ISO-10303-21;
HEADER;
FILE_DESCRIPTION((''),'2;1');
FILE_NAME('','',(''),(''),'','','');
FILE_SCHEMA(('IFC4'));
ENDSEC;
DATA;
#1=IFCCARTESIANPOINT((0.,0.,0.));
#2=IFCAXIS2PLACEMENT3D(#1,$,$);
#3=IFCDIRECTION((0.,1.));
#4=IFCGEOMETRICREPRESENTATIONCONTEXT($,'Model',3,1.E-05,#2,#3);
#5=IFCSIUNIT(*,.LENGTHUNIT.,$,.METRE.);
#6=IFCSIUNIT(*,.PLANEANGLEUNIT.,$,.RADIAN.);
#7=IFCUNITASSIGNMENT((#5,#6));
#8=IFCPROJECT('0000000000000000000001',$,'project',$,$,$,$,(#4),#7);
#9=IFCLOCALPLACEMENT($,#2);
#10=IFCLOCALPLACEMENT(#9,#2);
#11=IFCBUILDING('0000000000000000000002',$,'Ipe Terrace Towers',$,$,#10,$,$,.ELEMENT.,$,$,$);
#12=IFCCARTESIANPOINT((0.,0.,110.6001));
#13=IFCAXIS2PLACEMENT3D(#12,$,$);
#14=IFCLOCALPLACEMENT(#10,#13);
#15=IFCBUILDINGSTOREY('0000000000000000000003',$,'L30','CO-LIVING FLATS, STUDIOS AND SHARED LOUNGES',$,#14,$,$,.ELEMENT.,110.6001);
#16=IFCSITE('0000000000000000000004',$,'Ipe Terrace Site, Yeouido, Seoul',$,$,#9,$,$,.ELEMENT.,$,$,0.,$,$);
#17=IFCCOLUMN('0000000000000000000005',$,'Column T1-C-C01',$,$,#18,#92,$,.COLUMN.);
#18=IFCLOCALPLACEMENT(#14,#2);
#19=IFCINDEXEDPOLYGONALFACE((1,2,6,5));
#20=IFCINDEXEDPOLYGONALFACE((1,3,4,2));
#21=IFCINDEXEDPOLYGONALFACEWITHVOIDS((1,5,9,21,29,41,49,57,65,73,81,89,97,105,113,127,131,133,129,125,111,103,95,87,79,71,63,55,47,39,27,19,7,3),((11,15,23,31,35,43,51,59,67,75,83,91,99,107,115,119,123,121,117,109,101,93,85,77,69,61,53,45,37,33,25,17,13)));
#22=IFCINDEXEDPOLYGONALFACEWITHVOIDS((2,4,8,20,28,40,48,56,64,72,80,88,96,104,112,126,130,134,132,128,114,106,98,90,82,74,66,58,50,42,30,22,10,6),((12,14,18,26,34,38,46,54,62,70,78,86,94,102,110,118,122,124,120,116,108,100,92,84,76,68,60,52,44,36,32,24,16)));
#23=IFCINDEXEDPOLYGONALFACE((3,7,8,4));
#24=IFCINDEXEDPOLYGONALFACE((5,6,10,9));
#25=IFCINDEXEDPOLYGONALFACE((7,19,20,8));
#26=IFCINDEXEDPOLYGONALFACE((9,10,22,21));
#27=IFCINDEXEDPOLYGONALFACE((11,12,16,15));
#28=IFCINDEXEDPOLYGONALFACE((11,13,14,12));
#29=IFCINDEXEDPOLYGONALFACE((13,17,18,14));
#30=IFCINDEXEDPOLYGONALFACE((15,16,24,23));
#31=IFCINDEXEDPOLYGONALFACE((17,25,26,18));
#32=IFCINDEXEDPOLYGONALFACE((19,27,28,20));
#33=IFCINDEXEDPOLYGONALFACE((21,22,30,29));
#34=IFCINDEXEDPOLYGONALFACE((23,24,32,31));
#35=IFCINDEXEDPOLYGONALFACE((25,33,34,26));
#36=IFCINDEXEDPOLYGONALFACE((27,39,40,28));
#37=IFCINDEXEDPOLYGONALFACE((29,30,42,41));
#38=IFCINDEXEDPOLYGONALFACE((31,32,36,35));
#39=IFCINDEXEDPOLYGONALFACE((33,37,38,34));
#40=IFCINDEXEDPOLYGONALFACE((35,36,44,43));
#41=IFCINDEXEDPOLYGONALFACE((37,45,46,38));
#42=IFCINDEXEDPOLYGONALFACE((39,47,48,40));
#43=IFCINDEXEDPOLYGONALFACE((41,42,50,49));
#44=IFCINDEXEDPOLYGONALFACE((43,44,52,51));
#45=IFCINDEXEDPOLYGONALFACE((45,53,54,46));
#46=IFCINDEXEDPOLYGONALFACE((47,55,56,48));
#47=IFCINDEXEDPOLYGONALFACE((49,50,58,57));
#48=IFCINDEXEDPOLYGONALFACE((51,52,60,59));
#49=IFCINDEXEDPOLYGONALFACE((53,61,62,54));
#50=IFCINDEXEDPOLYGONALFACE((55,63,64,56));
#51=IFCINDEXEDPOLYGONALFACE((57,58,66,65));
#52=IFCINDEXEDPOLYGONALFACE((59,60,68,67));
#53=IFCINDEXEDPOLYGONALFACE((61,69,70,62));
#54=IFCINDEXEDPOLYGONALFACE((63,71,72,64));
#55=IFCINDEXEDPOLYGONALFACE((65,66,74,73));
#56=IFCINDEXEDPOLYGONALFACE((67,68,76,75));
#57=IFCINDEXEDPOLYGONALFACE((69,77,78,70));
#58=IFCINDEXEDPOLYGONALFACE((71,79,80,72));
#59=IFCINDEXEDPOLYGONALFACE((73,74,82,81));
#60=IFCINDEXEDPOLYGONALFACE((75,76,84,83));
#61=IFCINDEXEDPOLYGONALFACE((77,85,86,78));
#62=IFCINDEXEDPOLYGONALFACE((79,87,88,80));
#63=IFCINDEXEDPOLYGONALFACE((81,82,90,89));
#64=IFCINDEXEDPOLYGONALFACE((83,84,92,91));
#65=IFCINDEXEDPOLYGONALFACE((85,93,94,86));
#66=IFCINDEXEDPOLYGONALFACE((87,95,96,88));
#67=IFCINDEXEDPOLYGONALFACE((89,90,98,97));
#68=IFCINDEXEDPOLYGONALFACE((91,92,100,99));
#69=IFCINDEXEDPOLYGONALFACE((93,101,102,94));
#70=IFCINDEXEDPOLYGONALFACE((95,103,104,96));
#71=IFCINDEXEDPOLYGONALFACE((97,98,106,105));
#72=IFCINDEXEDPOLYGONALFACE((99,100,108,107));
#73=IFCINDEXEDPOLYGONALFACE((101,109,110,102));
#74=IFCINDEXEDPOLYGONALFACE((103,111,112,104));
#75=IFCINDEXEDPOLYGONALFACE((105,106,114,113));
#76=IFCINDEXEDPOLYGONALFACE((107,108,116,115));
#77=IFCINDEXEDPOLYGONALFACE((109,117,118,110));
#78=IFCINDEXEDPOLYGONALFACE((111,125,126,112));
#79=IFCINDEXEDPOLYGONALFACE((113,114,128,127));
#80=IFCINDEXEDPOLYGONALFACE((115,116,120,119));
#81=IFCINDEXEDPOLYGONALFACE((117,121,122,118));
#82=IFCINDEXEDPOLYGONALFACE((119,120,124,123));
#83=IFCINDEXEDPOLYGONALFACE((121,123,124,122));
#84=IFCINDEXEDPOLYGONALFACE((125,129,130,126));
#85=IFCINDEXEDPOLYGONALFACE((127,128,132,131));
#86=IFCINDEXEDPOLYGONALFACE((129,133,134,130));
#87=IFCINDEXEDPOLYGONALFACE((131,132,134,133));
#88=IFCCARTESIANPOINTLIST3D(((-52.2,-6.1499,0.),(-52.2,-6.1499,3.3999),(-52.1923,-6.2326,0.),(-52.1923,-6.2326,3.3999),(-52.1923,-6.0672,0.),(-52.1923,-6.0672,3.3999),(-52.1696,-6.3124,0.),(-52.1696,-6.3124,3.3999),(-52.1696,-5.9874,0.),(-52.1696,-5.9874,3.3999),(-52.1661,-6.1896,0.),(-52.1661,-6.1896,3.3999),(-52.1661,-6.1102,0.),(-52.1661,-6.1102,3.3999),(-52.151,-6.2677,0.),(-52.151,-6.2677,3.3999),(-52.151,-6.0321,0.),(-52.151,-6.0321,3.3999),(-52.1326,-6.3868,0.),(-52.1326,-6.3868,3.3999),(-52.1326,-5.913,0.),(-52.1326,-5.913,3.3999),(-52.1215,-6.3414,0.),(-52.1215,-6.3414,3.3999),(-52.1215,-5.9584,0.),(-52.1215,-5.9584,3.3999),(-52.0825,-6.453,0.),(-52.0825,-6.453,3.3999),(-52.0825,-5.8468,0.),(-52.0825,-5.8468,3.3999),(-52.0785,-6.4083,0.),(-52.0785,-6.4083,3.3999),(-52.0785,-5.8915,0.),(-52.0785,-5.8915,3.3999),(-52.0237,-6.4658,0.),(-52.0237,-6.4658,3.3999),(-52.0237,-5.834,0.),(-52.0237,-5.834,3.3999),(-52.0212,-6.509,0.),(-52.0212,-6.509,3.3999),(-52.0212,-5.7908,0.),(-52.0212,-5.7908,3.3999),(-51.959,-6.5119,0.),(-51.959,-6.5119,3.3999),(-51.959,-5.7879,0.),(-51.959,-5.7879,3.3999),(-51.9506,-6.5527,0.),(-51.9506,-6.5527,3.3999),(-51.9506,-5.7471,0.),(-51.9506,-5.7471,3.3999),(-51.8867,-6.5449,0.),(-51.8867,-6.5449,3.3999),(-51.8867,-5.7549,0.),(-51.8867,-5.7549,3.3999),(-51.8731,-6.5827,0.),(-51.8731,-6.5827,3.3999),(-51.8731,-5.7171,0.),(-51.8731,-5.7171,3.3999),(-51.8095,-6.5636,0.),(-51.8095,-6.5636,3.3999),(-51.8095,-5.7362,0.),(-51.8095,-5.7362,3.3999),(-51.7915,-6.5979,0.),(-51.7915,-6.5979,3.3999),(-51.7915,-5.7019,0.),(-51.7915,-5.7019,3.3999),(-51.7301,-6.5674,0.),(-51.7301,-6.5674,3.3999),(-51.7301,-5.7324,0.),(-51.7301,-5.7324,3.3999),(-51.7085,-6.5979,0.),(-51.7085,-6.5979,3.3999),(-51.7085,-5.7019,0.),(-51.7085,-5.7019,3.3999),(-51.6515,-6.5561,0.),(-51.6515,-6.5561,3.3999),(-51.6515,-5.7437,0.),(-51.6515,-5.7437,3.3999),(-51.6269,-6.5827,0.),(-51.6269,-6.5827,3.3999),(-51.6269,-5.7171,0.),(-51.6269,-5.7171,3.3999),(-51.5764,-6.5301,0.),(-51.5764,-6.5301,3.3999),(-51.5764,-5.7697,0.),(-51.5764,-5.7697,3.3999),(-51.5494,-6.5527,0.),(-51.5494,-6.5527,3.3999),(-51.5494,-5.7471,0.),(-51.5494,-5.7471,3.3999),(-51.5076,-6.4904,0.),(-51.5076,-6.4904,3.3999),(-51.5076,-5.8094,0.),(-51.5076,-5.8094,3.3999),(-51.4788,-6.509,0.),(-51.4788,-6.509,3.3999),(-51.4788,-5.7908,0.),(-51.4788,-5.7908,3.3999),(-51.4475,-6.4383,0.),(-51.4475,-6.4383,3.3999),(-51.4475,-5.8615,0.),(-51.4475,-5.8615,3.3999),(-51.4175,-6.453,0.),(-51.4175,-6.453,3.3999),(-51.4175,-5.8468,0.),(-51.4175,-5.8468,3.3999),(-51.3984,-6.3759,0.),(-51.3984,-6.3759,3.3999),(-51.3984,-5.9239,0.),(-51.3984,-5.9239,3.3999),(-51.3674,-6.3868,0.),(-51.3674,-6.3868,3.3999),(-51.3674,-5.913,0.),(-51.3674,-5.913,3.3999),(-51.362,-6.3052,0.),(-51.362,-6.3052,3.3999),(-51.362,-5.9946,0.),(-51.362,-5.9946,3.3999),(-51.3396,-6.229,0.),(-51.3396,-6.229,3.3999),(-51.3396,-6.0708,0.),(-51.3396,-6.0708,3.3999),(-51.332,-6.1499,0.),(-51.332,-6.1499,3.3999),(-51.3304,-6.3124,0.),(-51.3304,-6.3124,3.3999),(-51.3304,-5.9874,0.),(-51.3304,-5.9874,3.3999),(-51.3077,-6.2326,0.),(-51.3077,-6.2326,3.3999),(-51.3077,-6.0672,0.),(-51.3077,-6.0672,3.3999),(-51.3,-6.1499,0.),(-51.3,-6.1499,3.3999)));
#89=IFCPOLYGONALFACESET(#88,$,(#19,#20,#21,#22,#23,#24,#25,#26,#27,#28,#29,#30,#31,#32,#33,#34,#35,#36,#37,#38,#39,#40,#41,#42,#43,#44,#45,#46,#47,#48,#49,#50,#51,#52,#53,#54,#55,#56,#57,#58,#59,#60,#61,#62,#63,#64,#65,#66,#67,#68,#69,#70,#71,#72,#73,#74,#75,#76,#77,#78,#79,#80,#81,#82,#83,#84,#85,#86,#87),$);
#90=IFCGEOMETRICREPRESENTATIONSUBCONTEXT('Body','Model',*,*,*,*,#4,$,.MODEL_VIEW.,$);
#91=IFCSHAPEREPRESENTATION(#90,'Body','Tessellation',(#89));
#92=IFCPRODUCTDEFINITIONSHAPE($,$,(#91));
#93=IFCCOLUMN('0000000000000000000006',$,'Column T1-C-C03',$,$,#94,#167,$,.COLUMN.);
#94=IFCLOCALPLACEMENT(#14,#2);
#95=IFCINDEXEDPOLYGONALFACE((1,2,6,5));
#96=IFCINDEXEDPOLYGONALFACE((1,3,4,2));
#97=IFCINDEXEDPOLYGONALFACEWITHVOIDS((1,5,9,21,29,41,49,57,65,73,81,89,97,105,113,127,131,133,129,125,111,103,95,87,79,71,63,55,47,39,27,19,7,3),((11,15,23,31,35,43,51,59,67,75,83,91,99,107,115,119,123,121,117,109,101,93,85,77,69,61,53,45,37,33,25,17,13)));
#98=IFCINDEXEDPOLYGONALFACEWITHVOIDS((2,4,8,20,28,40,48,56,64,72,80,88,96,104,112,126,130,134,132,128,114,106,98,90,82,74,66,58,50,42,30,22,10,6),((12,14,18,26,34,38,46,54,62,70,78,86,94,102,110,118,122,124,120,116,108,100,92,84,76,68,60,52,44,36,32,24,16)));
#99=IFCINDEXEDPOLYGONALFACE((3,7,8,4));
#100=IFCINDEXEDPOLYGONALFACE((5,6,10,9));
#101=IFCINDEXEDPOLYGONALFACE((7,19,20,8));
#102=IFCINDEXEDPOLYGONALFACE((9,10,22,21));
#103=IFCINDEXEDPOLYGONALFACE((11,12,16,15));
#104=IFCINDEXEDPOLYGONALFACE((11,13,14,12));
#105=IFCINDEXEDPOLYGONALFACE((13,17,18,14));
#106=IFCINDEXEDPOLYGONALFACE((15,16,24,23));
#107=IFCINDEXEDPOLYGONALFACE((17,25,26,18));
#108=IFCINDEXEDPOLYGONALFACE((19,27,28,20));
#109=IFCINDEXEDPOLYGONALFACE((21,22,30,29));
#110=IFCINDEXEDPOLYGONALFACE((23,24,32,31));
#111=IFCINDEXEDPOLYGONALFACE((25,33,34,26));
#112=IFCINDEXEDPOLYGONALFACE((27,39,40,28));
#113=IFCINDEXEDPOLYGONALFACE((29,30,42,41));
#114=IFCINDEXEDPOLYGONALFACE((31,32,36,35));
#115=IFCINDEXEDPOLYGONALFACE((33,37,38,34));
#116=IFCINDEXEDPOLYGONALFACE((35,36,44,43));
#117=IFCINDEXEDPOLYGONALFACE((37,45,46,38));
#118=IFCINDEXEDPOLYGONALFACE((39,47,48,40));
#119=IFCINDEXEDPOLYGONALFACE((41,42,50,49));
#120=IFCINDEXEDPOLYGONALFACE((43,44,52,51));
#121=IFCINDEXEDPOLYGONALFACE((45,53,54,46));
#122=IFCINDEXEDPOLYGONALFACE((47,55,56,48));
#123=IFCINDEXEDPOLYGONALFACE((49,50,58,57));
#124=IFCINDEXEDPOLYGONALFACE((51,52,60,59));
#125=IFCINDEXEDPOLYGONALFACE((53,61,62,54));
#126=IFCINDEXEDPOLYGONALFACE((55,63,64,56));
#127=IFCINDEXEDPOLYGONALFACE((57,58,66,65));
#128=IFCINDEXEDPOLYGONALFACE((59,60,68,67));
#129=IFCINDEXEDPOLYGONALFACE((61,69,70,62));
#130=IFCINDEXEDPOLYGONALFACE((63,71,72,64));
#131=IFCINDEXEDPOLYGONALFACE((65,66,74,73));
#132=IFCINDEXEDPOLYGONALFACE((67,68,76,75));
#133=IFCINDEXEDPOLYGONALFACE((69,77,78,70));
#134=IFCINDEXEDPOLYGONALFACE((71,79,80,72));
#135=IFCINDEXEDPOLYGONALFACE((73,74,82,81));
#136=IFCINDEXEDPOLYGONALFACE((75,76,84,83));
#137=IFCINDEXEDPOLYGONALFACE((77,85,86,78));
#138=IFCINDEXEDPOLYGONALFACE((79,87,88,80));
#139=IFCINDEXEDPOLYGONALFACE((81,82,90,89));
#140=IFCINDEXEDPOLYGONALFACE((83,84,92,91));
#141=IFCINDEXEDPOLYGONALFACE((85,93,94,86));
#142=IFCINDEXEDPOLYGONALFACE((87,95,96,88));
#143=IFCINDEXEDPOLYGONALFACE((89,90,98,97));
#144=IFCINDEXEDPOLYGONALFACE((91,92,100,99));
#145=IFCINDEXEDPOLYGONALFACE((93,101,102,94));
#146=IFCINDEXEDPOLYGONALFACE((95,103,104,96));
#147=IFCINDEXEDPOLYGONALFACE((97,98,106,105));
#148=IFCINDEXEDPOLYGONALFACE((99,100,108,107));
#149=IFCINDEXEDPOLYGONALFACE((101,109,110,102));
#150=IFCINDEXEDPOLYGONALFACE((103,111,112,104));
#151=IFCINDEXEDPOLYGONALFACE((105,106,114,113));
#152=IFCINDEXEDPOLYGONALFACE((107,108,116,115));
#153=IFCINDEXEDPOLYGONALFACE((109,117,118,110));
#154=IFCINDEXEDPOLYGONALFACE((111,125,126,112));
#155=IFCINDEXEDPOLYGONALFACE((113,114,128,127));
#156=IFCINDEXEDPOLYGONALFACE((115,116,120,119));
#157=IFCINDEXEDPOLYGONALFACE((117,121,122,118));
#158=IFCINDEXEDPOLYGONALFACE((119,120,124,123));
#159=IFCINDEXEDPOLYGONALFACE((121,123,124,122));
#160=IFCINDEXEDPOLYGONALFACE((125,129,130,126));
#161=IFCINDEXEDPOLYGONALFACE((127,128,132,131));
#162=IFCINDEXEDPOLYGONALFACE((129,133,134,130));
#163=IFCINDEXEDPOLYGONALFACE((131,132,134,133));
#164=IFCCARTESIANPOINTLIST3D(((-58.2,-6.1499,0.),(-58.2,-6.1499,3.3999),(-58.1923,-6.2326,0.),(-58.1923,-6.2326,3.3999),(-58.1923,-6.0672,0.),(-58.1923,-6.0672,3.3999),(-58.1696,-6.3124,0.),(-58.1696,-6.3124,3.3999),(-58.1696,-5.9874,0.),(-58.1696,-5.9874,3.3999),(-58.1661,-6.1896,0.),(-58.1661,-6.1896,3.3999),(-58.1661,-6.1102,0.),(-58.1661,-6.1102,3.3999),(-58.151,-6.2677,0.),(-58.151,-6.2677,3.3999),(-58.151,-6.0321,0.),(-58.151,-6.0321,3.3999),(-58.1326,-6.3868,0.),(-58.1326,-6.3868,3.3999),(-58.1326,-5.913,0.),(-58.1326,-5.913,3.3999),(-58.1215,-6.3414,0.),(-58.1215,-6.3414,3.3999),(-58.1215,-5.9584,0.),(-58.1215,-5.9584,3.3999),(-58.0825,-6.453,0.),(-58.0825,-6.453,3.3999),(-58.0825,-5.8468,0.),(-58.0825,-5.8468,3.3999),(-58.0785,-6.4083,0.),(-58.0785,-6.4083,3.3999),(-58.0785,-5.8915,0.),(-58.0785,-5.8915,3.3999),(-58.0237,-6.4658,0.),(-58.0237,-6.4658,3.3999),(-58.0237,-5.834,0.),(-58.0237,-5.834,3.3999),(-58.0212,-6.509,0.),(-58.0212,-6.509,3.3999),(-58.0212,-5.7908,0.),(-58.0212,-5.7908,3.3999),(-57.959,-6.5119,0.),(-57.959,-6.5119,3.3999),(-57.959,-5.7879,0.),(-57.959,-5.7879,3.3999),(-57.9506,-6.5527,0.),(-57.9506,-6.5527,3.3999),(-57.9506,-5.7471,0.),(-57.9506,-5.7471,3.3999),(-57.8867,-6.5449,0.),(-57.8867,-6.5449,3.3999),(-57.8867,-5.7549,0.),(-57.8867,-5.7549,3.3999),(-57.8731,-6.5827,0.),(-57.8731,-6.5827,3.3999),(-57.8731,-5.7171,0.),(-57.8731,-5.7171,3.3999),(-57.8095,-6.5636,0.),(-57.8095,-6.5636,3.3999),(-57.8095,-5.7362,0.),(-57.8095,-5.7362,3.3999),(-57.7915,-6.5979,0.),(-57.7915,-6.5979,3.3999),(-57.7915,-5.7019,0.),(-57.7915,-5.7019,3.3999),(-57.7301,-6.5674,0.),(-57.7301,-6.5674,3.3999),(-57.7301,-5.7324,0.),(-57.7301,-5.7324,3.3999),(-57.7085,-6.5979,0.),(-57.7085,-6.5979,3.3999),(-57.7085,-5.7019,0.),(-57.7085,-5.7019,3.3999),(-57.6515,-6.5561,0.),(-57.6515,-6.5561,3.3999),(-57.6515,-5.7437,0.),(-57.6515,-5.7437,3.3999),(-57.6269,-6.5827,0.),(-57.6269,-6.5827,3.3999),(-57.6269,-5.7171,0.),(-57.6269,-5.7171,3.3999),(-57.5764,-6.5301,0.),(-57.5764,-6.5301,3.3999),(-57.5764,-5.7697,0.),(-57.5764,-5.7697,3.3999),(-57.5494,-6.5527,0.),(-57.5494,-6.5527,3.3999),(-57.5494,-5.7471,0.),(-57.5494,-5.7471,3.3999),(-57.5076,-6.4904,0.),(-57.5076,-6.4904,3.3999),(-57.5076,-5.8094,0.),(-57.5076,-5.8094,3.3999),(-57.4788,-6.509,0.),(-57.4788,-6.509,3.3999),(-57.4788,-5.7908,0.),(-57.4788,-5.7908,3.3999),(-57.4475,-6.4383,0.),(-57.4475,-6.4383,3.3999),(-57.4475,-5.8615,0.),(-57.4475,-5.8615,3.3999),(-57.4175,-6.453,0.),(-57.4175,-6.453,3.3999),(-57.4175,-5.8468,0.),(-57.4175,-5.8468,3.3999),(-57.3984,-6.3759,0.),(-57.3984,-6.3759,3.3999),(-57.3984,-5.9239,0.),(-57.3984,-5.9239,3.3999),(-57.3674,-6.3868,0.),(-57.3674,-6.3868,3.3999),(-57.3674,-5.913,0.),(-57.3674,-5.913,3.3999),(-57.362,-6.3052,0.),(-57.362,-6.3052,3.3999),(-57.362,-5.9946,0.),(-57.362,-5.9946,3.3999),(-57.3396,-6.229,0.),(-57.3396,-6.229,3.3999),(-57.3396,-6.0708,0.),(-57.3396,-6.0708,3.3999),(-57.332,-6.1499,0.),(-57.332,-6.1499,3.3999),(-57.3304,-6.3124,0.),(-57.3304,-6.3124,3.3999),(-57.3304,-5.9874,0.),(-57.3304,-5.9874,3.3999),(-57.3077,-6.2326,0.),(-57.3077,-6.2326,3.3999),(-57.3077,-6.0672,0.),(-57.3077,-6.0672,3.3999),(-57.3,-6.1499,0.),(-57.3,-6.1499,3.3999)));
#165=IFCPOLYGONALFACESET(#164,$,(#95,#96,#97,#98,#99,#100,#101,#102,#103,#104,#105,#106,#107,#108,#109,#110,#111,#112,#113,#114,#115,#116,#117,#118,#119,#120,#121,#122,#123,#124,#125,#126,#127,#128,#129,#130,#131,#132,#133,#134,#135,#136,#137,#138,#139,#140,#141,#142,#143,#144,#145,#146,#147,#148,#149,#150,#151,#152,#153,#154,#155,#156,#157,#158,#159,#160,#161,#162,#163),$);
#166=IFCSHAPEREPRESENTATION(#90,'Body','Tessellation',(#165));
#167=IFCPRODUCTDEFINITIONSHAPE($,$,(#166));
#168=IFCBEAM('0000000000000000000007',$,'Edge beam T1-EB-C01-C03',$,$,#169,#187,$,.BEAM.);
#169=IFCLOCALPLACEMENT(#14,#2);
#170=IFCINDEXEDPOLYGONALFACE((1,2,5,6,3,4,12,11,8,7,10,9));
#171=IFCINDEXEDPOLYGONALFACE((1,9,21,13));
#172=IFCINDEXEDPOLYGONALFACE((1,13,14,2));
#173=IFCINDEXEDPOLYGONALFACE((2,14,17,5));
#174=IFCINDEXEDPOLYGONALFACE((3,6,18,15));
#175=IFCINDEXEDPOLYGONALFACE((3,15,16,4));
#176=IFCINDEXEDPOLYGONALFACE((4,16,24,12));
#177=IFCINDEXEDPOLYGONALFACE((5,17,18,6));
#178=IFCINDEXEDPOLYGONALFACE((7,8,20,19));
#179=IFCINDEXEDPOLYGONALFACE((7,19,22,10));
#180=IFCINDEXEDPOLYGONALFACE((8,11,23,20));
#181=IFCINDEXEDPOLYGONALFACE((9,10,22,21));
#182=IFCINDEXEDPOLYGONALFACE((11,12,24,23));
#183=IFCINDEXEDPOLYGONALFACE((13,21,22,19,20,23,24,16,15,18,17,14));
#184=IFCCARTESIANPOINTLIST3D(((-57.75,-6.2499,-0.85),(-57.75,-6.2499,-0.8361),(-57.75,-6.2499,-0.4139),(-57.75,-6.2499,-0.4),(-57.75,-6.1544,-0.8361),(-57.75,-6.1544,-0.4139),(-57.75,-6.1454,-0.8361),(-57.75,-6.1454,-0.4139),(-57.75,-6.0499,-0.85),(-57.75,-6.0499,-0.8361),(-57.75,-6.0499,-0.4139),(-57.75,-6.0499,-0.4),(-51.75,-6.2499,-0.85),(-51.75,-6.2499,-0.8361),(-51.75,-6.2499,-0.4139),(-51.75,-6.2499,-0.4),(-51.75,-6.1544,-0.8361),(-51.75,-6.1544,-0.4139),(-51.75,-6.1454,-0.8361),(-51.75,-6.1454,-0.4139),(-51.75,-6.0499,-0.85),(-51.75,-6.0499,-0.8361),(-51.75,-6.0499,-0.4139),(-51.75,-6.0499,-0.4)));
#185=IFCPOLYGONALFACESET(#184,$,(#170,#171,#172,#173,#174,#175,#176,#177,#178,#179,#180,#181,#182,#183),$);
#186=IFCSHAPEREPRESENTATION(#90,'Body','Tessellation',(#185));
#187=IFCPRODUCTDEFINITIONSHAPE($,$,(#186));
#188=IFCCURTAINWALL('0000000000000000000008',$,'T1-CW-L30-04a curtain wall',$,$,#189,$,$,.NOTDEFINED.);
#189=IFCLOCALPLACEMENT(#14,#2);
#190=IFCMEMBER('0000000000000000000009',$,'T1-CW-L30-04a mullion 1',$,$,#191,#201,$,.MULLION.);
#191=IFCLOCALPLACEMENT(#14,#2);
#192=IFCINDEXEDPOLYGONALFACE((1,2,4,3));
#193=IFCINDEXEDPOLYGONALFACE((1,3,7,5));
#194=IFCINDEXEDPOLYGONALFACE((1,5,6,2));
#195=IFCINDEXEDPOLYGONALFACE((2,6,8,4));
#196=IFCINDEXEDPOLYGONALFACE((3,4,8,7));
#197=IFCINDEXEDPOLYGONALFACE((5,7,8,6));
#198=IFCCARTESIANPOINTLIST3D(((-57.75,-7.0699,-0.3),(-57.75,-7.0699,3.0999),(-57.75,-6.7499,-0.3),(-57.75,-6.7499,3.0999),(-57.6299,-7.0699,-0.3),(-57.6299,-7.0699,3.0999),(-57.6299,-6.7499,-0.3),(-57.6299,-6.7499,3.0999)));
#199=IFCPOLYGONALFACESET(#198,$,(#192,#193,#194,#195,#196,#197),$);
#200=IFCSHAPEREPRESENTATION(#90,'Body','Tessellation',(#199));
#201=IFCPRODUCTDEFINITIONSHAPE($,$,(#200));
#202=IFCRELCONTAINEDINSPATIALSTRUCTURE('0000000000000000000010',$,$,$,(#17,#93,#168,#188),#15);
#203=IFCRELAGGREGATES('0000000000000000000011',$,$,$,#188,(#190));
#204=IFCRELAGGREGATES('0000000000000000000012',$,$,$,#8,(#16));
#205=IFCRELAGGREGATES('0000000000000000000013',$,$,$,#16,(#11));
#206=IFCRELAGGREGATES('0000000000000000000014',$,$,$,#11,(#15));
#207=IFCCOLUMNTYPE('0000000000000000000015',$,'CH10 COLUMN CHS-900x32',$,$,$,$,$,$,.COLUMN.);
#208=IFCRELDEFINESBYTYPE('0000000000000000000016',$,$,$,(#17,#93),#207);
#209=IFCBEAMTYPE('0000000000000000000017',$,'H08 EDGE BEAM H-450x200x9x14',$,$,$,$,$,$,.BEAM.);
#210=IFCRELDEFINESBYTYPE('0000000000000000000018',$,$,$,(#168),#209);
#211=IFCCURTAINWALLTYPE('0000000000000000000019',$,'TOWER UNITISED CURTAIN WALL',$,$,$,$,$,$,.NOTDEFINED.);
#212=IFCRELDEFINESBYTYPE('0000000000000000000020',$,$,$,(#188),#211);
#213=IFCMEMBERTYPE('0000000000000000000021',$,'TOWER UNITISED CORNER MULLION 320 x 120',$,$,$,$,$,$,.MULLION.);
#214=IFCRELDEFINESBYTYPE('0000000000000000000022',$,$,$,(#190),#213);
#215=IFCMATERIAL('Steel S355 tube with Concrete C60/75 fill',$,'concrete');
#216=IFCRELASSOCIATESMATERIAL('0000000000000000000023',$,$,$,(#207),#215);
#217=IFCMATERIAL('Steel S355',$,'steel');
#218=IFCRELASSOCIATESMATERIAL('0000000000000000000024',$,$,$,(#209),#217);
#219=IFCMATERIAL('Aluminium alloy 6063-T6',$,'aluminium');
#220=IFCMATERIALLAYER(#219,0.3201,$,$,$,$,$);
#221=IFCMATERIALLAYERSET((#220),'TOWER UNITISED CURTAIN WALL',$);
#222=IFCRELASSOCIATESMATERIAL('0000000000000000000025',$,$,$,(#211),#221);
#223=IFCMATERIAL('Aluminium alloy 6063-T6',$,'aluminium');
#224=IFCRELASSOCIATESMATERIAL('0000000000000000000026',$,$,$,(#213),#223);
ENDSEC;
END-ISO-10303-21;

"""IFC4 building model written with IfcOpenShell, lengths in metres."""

from ifc_helpers import new_model, si_unit, direction, frame, origin, origin_2d, place, context, subcontext, project, spatial, rectangle, hollow_circle, i_section, extrude, material, layer, layer_set, material_profile, profile_set, type_object, element, aggregate, save


model = new_model("IFC4")

# Units and contexts
model_context = context("Model", 3, precision=1e-05, world=origin(), true_north=direction((0.0, 1.0)))
body_context = subcontext(model_context, "Body", "Model", "MODEL_VIEW")
ifc_project = project(units=[si_unit("LENGTHUNIT", "METRE"), si_unit("PLANEANGLEUNIT", "RADIAN")], contexts=[model_context])

# Site, building, storey
site_placement = place(None, origin())
site = spatial("IfcSite", under=ifc_project, at=site_placement, Name="Ipe Terrace Site, Yeouido, Seoul", CompositionType="ELEMENT", RefElevation=0.0)
building_placement = place(site_placement, origin())
building = spatial("IfcBuilding", under=site, at=building_placement, Name="Ipe Terrace Towers", CompositionType="ELEMENT")
storey_placement = place(building_placement, frame((0.0, 0.0, 110.6001)))
storey = spatial("IfcBuildingStorey", under=building, at=storey_placement, Name="L30", Description="CO-LIVING FLATS, STUDIOS AND SHARED LOUNGES", CompositionType="ELEMENT", Elevation=110.6001)

# Columns
ifc_material_1 = material(Name="Steel S355 tube with Concrete C60/75 fill", Category="concrete")
ifc_material_profile_1 = material_profile(ifc_material_1, hollow_circle(Radius=0.45, WallThickness=0.032, at=origin_2d()), Name="CHS-900x32")
ifc_profile_set_1 = profile_set([ifc_material_profile_1], Name="Steel S355 tube with Concrete C60/75 fill")
column_type = type_object("IfcColumnType", Name="CH10 COLUMN CHS-900x32", PredefinedType="COLUMN", material=ifc_profile_set_1)
for number, where, z_axis, x_axis, name in (
    (1, (-51.75, -6.1499, 0.0), (0.0, 0.0, 1.0), (1.0, 0.0, 0.0), "Column T1-C-C01"),
    (2, (-57.75, -6.1499, 0.0), (0.0, 0.0, 1.0), (1.0, 0.0, 0.0), "Column T1-C-C03"),
):
    element("IfcColumn", number, at=place(storey_placement, frame(where, z_axis=z_axis, x_axis=x_axis)), inside=storey, type_object=column_type, Name=name, PredefinedType="COLUMN", context=body_context, shape_type="SweptSolid", body=[
        extrude(hollow_circle(Radius=0.45, WallThickness=0.032, at=origin_2d()), origin(), (0.0, 0.0, 1.0), 3.3999),
    ])

# Beam
ifc_material_2 = material(Name="Steel S355", Category="steel")
ifc_material_profile_2 = material_profile(ifc_material_2, i_section(OverallWidth=0.2, OverallDepth=0.45, WebThickness=0.009, FlangeThickness=0.0139, at=origin_2d()), Name="H-450x200x9x14")
ifc_profile_set_2 = profile_set([ifc_material_profile_2], Name="Steel S355")
beam_type = type_object("IfcBeamType", Name="H08 EDGE BEAM H-450x200x9x14", PredefinedType="BEAM", material=ifc_profile_set_2)
beam_placement = place(storey_placement, frame((-51.75, -6.1499, -0.625), z_axis=(-1.0, 0.0, 0.0), x_axis=(0.0, -1.0, 0.0)))
element("IfcBeam", 3, at=beam_placement, inside=storey, type_object=beam_type, Name="Edge beam T1-EB-C01-C03", PredefinedType="BEAM", context=body_context, shape_type="SweptSolid", body=[
    extrude(i_section(OverallWidth=0.2, OverallDepth=0.45, WebThickness=0.009, FlangeThickness=0.0139, at=origin_2d()), origin(), (0.0, 0.0, 1.0), 6.0),
])

# Curtain wall, member
ifc_material_3 = material(Name="Aluminium alloy 6063-T6", Category="aluminium")
ifc_layer_1 = layer(ifc_material_3, 0.3201)
ifc_layer_set_1 = layer_set([ifc_layer_1], Name="TOWER UNITISED CURTAIN WALL")
curtain_wall_type = type_object("IfcCurtainWallType", Name="TOWER UNITISED CURTAIN WALL", PredefinedType="NOTDEFINED", material=ifc_layer_set_1)
curtain_wall_1_placement = place(storey_placement, origin())
curtain_wall_1 = element("IfcCurtainWall", 4, at=curtain_wall_1_placement, inside=storey, type_object=curtain_wall_type, Name="T1-CW-L30-04a curtain wall", PredefinedType="NOTDEFINED")
ifc_material_4 = material(Name="Aluminium alloy 6063-T6", Category="aluminium")
ifc_material_profile_3 = material_profile(ifc_material_4, rectangle(XDim=0.3201, YDim=0.1201, at=origin_2d()), Name="TOWER UNITISED CORNER MULLION 320 x 120")
ifc_profile_set_3 = profile_set([ifc_material_profile_3], Name="Aluminium alloy 6063-T6")
member_type = type_object("IfcMemberType", Name="TOWER UNITISED CORNER MULLION 320 x 120", PredefinedType="MULLION", material=ifc_profile_set_3)
member_1_placement = place(storey_placement, frame((-57.6899, -6.9099, -0.3), z_axis=(0.0, 0.0, 1.0), x_axis=(0.0, -1.0, 0.0)))
member_1 = element("IfcMember", 5, at=member_1_placement, type_object=member_type, Name="T1-CW-L30-04a mullion 1", PredefinedType="MULLION", context=body_context, shape_type="SweptSolid", body=[
    extrude(rectangle(XDim=0.3201, YDim=0.1201, at=origin_2d()), origin(), (0.0, 0.0, 1.0), 3.3999),
])

aggregate(curtain_wall_1, [member_1])

save(model, "model.ifc")
